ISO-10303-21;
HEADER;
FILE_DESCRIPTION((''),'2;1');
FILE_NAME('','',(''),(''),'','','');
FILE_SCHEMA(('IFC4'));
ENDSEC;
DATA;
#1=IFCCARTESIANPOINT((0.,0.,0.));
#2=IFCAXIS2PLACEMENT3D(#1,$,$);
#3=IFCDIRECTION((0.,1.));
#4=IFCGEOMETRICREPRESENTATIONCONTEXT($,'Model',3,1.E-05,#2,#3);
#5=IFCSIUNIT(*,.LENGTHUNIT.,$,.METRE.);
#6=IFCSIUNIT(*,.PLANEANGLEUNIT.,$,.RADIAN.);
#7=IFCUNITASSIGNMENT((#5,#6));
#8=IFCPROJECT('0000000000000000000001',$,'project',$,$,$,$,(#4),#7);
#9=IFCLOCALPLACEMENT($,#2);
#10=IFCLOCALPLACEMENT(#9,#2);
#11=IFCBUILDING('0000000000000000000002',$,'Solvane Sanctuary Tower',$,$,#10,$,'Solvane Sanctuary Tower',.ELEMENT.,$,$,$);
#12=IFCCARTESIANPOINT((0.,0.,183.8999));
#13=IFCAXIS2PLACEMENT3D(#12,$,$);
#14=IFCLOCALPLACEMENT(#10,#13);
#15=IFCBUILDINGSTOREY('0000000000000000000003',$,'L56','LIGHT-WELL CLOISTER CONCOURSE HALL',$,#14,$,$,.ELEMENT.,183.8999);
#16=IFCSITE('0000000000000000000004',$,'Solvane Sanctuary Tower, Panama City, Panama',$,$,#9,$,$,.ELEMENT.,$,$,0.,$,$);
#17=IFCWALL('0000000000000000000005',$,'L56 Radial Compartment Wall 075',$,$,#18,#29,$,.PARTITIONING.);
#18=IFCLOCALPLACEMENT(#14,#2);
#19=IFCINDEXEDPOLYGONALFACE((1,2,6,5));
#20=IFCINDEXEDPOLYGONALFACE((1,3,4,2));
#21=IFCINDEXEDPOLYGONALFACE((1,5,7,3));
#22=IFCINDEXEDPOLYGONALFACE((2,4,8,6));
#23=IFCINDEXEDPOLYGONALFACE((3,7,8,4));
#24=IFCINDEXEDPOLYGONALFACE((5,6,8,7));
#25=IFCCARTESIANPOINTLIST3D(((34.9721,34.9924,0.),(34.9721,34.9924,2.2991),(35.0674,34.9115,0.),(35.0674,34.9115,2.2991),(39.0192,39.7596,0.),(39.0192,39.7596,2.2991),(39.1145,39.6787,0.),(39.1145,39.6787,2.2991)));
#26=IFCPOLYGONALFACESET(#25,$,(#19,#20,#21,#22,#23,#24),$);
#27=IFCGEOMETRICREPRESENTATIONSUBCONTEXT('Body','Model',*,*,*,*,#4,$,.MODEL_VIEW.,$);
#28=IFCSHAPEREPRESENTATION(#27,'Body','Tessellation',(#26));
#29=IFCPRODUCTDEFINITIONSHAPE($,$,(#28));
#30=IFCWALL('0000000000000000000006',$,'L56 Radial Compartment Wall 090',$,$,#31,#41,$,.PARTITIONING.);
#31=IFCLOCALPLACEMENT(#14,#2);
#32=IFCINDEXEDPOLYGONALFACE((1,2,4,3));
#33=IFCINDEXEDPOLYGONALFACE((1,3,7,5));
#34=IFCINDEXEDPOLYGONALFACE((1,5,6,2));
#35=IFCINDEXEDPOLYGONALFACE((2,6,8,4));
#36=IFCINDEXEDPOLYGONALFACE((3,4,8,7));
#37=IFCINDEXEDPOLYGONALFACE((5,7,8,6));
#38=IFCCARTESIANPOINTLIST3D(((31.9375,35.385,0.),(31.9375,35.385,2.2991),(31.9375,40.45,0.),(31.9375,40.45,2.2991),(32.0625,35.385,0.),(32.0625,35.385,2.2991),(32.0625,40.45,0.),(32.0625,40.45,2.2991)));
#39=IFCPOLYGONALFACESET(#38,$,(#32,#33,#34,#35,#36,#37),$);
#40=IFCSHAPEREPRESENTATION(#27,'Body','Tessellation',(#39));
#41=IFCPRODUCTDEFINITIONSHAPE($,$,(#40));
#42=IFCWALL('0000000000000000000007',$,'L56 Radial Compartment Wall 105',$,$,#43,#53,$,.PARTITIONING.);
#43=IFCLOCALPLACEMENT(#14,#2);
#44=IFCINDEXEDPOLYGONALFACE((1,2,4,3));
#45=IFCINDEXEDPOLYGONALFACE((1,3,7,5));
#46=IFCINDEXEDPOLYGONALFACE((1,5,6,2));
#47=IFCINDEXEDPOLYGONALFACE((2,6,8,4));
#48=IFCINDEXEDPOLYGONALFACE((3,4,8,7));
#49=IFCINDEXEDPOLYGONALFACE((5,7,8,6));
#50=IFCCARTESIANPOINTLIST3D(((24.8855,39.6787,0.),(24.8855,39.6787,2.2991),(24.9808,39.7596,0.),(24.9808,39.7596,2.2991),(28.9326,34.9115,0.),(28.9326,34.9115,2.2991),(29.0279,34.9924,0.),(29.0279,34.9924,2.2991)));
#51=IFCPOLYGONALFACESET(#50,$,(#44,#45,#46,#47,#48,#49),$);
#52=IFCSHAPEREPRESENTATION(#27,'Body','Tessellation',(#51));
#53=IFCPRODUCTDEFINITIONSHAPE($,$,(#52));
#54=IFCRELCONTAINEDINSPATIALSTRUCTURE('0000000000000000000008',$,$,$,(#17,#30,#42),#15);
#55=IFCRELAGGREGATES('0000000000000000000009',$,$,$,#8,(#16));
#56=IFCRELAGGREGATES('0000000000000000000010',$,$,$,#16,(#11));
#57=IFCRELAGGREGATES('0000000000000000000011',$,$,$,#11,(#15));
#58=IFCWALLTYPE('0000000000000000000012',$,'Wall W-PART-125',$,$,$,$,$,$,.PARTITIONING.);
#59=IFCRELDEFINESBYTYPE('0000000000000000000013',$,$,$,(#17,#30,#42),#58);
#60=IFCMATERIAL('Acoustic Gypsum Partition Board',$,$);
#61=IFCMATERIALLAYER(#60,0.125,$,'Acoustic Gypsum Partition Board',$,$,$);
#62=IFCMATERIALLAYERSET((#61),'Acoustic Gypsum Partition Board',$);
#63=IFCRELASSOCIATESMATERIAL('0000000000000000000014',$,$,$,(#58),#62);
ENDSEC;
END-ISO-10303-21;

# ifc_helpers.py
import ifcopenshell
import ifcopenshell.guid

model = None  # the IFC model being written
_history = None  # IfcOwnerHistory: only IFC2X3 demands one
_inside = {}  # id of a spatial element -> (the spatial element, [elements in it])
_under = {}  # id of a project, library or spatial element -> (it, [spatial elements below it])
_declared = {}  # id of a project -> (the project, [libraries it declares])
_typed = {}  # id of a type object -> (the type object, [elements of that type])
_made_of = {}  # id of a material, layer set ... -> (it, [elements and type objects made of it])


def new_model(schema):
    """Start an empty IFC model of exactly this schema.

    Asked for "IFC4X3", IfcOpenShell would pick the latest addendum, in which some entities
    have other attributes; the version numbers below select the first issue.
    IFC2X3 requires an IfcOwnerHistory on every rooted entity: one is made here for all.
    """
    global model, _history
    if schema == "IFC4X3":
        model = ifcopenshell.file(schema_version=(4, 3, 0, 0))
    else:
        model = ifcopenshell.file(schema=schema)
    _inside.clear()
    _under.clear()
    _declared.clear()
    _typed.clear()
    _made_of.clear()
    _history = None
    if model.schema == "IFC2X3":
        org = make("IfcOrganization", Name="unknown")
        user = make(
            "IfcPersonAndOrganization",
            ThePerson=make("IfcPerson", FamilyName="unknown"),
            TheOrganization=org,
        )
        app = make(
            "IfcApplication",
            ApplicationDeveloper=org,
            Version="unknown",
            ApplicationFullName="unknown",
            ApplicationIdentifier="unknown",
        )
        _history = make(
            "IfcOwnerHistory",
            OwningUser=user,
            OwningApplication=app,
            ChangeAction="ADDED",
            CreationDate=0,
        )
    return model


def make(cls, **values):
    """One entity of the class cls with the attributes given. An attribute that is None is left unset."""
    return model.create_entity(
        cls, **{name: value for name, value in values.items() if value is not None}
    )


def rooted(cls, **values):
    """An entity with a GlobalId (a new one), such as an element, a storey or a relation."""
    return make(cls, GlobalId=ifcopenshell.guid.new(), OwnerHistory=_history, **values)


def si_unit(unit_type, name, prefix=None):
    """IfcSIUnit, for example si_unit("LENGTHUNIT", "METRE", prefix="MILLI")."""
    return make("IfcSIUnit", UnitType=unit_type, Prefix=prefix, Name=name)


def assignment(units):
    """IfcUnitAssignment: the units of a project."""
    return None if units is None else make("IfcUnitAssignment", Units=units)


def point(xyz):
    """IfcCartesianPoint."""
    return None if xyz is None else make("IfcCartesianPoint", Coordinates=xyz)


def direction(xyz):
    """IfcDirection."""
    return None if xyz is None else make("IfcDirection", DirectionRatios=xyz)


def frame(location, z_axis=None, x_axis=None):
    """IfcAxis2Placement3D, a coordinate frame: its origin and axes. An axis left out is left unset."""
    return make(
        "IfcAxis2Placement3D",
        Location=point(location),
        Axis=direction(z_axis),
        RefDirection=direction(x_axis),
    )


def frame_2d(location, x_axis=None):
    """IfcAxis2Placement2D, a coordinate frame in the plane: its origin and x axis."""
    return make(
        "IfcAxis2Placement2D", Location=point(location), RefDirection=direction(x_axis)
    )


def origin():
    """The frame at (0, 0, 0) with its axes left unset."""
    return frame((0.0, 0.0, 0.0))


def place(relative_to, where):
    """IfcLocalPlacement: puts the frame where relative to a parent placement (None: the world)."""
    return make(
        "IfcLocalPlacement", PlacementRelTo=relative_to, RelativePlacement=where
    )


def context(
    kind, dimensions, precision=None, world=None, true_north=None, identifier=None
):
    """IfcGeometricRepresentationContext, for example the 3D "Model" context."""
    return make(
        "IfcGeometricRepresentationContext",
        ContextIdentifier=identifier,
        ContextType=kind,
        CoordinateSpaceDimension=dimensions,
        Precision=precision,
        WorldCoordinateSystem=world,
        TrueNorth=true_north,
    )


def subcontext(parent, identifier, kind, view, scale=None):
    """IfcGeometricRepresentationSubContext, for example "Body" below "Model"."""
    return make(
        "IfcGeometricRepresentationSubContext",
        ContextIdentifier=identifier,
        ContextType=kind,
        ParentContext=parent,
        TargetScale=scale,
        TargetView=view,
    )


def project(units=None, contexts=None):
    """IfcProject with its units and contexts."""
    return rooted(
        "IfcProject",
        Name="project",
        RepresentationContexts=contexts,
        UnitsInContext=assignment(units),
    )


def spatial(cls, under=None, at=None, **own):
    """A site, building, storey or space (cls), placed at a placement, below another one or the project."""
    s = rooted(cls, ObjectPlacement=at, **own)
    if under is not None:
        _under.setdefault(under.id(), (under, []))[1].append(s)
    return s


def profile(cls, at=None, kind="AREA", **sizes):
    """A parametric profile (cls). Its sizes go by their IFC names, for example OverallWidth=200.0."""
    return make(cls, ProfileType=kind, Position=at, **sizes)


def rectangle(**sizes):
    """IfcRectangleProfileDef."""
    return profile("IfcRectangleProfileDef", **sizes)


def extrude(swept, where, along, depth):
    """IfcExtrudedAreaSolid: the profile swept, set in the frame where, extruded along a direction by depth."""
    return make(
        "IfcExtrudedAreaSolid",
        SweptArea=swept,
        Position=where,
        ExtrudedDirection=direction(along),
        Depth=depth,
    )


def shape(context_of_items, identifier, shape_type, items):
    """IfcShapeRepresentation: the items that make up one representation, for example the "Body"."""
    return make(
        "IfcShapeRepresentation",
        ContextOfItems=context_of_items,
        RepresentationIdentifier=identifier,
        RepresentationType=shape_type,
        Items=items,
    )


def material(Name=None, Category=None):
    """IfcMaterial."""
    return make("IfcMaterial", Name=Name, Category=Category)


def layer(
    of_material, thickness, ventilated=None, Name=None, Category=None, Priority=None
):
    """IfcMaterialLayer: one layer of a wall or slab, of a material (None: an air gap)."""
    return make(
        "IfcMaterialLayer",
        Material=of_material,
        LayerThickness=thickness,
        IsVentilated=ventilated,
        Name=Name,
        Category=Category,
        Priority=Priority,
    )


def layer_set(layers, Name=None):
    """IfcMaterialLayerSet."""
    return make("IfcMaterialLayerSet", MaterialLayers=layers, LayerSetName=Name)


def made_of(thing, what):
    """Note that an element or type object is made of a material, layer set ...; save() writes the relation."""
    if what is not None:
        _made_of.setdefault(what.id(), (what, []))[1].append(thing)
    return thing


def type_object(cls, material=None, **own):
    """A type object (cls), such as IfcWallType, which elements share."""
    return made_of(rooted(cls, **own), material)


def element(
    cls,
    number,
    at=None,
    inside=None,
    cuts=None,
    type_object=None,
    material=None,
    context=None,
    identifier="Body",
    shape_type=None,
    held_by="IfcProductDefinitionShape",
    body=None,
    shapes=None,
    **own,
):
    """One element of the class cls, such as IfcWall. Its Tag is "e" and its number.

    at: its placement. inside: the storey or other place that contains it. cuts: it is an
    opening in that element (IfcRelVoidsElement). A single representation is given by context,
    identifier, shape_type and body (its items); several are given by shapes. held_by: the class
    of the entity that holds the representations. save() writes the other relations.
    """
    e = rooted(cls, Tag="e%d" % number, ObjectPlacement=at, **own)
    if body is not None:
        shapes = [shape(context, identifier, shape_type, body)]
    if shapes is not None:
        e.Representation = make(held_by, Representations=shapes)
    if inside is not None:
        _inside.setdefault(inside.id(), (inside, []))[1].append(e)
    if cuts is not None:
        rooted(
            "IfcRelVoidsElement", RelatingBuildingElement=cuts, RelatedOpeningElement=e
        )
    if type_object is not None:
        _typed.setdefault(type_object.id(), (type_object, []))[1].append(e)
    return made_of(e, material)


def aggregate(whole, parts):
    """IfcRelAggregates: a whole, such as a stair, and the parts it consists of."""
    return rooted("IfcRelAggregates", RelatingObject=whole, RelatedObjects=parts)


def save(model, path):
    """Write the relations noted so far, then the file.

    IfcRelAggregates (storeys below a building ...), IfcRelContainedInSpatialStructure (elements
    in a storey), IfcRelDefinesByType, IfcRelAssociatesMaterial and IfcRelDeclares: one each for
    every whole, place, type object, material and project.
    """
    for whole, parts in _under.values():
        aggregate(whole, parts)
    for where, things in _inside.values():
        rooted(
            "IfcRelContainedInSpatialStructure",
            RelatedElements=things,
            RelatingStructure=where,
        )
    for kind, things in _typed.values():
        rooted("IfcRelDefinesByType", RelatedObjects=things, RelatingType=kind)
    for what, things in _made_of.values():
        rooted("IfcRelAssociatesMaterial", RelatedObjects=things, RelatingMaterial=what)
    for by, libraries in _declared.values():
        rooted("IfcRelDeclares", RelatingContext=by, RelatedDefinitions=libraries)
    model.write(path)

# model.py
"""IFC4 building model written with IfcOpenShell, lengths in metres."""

from ifc_helpers import new_model, si_unit, direction, frame, frame_2d, origin, place, context, subcontext, project, spatial, rectangle, extrude, material, layer, layer_set, type_object, element, save


model = new_model("IFC4")

# Units and contexts
model_context = context("Model", 3, precision=1e-05, world=origin(), true_north=direction((0.0, 1.0)))
body_context = subcontext(model_context, "Body", "Model", "MODEL_VIEW")
ifc_project = project(units=[si_unit("LENGTHUNIT", "METRE"), si_unit("PLANEANGLEUNIT", "RADIAN")], contexts=[model_context])

# Site, building, storey
site_placement = place(None, origin())
site = spatial("IfcSite", under=ifc_project, at=site_placement, Name="Solvane Sanctuary Tower, Panama City, Panama", CompositionType="ELEMENT", RefElevation=0.0)
building_placement = place(site_placement, origin())
building = spatial("IfcBuilding", under=site, at=building_placement, Name="Solvane Sanctuary Tower", LongName="Solvane Sanctuary Tower", CompositionType="ELEMENT")
storey_placement = place(building_placement, frame((0.0, 0.0, 183.8999)))
storey = spatial("IfcBuildingStorey", under=building, at=storey_placement, Name="L56", Description="LIGHT-WELL CLOISTER CONCOURSE HALL", CompositionType="ELEMENT", Elevation=183.8999)

# Shared definitions
ifc_material_1 = material(Name="Acoustic Gypsum Partition Board")

# Walls
ifc_layer_1 = layer(ifc_material_1, 0.125, Name="Acoustic Gypsum Partition Board")
ifc_layer_set_1 = layer_set([ifc_layer_1], Name="Acoustic Gypsum Partition Board")
wall_type_1 = type_object("IfcWallType", Name="Wall W-PART-125", PredefinedType="PARTITIONING", material=ifc_layer_set_1)
wall_1_placement = place(storey_placement, frame((35.0198, 34.9519, 0.0), z_axis=(0.0, 0.0, 1.0), x_axis=(0.647173, 0.762343, 0.0)))
element("IfcWall", 1, at=wall_1_placement, inside=storey, type_object=wall_type_1, Name="L56 Radial Compartment Wall 075", PredefinedType="PARTITIONING", context=body_context, shape_type="SweptSolid", body=[
    extrude(rectangle(XDim=6.2534, YDim=0.125, at=frame_2d((3.1267, 0.0))), origin(), (0.0, 0.0, 1.0), 2.2991),
])
wall_2_placement = place(storey_placement, frame((32.0, 35.385, 0.0), z_axis=(0.0, 0.0, 1.0), x_axis=(0.0, 1.0, 0.0)))
element("IfcWall", 2, at=wall_2_placement, inside=storey, type_object=wall_type_1, Name="L56 Radial Compartment Wall 090", PredefinedType="PARTITIONING", context=body_context, shape_type="SweptSolid", body=[
    extrude(rectangle(XDim=5.0649, YDim=0.125, at=frame_2d((2.5325, 0.0))), origin(), (0.0, 0.0, 1.0), 2.2991),
])
wall_3_placement = place(storey_placement, frame((28.9802, 34.9519, 0.0), z_axis=(0.0, 0.0, 1.0), x_axis=(-0.647173, 0.762343, 0.0)))
element("IfcWall", 3, at=wall_3_placement, inside=storey, type_object=wall_type_1, Name="L56 Radial Compartment Wall 105", PredefinedType="PARTITIONING", context=body_context, shape_type="SweptSolid", body=[
    extrude(rectangle(XDim=6.2534, YDim=0.125, at=frame_2d((3.1267, 0.0))), origin(), (0.0, 0.0, 1.0), 2.2991),
])

save(model, "model.ifc")
